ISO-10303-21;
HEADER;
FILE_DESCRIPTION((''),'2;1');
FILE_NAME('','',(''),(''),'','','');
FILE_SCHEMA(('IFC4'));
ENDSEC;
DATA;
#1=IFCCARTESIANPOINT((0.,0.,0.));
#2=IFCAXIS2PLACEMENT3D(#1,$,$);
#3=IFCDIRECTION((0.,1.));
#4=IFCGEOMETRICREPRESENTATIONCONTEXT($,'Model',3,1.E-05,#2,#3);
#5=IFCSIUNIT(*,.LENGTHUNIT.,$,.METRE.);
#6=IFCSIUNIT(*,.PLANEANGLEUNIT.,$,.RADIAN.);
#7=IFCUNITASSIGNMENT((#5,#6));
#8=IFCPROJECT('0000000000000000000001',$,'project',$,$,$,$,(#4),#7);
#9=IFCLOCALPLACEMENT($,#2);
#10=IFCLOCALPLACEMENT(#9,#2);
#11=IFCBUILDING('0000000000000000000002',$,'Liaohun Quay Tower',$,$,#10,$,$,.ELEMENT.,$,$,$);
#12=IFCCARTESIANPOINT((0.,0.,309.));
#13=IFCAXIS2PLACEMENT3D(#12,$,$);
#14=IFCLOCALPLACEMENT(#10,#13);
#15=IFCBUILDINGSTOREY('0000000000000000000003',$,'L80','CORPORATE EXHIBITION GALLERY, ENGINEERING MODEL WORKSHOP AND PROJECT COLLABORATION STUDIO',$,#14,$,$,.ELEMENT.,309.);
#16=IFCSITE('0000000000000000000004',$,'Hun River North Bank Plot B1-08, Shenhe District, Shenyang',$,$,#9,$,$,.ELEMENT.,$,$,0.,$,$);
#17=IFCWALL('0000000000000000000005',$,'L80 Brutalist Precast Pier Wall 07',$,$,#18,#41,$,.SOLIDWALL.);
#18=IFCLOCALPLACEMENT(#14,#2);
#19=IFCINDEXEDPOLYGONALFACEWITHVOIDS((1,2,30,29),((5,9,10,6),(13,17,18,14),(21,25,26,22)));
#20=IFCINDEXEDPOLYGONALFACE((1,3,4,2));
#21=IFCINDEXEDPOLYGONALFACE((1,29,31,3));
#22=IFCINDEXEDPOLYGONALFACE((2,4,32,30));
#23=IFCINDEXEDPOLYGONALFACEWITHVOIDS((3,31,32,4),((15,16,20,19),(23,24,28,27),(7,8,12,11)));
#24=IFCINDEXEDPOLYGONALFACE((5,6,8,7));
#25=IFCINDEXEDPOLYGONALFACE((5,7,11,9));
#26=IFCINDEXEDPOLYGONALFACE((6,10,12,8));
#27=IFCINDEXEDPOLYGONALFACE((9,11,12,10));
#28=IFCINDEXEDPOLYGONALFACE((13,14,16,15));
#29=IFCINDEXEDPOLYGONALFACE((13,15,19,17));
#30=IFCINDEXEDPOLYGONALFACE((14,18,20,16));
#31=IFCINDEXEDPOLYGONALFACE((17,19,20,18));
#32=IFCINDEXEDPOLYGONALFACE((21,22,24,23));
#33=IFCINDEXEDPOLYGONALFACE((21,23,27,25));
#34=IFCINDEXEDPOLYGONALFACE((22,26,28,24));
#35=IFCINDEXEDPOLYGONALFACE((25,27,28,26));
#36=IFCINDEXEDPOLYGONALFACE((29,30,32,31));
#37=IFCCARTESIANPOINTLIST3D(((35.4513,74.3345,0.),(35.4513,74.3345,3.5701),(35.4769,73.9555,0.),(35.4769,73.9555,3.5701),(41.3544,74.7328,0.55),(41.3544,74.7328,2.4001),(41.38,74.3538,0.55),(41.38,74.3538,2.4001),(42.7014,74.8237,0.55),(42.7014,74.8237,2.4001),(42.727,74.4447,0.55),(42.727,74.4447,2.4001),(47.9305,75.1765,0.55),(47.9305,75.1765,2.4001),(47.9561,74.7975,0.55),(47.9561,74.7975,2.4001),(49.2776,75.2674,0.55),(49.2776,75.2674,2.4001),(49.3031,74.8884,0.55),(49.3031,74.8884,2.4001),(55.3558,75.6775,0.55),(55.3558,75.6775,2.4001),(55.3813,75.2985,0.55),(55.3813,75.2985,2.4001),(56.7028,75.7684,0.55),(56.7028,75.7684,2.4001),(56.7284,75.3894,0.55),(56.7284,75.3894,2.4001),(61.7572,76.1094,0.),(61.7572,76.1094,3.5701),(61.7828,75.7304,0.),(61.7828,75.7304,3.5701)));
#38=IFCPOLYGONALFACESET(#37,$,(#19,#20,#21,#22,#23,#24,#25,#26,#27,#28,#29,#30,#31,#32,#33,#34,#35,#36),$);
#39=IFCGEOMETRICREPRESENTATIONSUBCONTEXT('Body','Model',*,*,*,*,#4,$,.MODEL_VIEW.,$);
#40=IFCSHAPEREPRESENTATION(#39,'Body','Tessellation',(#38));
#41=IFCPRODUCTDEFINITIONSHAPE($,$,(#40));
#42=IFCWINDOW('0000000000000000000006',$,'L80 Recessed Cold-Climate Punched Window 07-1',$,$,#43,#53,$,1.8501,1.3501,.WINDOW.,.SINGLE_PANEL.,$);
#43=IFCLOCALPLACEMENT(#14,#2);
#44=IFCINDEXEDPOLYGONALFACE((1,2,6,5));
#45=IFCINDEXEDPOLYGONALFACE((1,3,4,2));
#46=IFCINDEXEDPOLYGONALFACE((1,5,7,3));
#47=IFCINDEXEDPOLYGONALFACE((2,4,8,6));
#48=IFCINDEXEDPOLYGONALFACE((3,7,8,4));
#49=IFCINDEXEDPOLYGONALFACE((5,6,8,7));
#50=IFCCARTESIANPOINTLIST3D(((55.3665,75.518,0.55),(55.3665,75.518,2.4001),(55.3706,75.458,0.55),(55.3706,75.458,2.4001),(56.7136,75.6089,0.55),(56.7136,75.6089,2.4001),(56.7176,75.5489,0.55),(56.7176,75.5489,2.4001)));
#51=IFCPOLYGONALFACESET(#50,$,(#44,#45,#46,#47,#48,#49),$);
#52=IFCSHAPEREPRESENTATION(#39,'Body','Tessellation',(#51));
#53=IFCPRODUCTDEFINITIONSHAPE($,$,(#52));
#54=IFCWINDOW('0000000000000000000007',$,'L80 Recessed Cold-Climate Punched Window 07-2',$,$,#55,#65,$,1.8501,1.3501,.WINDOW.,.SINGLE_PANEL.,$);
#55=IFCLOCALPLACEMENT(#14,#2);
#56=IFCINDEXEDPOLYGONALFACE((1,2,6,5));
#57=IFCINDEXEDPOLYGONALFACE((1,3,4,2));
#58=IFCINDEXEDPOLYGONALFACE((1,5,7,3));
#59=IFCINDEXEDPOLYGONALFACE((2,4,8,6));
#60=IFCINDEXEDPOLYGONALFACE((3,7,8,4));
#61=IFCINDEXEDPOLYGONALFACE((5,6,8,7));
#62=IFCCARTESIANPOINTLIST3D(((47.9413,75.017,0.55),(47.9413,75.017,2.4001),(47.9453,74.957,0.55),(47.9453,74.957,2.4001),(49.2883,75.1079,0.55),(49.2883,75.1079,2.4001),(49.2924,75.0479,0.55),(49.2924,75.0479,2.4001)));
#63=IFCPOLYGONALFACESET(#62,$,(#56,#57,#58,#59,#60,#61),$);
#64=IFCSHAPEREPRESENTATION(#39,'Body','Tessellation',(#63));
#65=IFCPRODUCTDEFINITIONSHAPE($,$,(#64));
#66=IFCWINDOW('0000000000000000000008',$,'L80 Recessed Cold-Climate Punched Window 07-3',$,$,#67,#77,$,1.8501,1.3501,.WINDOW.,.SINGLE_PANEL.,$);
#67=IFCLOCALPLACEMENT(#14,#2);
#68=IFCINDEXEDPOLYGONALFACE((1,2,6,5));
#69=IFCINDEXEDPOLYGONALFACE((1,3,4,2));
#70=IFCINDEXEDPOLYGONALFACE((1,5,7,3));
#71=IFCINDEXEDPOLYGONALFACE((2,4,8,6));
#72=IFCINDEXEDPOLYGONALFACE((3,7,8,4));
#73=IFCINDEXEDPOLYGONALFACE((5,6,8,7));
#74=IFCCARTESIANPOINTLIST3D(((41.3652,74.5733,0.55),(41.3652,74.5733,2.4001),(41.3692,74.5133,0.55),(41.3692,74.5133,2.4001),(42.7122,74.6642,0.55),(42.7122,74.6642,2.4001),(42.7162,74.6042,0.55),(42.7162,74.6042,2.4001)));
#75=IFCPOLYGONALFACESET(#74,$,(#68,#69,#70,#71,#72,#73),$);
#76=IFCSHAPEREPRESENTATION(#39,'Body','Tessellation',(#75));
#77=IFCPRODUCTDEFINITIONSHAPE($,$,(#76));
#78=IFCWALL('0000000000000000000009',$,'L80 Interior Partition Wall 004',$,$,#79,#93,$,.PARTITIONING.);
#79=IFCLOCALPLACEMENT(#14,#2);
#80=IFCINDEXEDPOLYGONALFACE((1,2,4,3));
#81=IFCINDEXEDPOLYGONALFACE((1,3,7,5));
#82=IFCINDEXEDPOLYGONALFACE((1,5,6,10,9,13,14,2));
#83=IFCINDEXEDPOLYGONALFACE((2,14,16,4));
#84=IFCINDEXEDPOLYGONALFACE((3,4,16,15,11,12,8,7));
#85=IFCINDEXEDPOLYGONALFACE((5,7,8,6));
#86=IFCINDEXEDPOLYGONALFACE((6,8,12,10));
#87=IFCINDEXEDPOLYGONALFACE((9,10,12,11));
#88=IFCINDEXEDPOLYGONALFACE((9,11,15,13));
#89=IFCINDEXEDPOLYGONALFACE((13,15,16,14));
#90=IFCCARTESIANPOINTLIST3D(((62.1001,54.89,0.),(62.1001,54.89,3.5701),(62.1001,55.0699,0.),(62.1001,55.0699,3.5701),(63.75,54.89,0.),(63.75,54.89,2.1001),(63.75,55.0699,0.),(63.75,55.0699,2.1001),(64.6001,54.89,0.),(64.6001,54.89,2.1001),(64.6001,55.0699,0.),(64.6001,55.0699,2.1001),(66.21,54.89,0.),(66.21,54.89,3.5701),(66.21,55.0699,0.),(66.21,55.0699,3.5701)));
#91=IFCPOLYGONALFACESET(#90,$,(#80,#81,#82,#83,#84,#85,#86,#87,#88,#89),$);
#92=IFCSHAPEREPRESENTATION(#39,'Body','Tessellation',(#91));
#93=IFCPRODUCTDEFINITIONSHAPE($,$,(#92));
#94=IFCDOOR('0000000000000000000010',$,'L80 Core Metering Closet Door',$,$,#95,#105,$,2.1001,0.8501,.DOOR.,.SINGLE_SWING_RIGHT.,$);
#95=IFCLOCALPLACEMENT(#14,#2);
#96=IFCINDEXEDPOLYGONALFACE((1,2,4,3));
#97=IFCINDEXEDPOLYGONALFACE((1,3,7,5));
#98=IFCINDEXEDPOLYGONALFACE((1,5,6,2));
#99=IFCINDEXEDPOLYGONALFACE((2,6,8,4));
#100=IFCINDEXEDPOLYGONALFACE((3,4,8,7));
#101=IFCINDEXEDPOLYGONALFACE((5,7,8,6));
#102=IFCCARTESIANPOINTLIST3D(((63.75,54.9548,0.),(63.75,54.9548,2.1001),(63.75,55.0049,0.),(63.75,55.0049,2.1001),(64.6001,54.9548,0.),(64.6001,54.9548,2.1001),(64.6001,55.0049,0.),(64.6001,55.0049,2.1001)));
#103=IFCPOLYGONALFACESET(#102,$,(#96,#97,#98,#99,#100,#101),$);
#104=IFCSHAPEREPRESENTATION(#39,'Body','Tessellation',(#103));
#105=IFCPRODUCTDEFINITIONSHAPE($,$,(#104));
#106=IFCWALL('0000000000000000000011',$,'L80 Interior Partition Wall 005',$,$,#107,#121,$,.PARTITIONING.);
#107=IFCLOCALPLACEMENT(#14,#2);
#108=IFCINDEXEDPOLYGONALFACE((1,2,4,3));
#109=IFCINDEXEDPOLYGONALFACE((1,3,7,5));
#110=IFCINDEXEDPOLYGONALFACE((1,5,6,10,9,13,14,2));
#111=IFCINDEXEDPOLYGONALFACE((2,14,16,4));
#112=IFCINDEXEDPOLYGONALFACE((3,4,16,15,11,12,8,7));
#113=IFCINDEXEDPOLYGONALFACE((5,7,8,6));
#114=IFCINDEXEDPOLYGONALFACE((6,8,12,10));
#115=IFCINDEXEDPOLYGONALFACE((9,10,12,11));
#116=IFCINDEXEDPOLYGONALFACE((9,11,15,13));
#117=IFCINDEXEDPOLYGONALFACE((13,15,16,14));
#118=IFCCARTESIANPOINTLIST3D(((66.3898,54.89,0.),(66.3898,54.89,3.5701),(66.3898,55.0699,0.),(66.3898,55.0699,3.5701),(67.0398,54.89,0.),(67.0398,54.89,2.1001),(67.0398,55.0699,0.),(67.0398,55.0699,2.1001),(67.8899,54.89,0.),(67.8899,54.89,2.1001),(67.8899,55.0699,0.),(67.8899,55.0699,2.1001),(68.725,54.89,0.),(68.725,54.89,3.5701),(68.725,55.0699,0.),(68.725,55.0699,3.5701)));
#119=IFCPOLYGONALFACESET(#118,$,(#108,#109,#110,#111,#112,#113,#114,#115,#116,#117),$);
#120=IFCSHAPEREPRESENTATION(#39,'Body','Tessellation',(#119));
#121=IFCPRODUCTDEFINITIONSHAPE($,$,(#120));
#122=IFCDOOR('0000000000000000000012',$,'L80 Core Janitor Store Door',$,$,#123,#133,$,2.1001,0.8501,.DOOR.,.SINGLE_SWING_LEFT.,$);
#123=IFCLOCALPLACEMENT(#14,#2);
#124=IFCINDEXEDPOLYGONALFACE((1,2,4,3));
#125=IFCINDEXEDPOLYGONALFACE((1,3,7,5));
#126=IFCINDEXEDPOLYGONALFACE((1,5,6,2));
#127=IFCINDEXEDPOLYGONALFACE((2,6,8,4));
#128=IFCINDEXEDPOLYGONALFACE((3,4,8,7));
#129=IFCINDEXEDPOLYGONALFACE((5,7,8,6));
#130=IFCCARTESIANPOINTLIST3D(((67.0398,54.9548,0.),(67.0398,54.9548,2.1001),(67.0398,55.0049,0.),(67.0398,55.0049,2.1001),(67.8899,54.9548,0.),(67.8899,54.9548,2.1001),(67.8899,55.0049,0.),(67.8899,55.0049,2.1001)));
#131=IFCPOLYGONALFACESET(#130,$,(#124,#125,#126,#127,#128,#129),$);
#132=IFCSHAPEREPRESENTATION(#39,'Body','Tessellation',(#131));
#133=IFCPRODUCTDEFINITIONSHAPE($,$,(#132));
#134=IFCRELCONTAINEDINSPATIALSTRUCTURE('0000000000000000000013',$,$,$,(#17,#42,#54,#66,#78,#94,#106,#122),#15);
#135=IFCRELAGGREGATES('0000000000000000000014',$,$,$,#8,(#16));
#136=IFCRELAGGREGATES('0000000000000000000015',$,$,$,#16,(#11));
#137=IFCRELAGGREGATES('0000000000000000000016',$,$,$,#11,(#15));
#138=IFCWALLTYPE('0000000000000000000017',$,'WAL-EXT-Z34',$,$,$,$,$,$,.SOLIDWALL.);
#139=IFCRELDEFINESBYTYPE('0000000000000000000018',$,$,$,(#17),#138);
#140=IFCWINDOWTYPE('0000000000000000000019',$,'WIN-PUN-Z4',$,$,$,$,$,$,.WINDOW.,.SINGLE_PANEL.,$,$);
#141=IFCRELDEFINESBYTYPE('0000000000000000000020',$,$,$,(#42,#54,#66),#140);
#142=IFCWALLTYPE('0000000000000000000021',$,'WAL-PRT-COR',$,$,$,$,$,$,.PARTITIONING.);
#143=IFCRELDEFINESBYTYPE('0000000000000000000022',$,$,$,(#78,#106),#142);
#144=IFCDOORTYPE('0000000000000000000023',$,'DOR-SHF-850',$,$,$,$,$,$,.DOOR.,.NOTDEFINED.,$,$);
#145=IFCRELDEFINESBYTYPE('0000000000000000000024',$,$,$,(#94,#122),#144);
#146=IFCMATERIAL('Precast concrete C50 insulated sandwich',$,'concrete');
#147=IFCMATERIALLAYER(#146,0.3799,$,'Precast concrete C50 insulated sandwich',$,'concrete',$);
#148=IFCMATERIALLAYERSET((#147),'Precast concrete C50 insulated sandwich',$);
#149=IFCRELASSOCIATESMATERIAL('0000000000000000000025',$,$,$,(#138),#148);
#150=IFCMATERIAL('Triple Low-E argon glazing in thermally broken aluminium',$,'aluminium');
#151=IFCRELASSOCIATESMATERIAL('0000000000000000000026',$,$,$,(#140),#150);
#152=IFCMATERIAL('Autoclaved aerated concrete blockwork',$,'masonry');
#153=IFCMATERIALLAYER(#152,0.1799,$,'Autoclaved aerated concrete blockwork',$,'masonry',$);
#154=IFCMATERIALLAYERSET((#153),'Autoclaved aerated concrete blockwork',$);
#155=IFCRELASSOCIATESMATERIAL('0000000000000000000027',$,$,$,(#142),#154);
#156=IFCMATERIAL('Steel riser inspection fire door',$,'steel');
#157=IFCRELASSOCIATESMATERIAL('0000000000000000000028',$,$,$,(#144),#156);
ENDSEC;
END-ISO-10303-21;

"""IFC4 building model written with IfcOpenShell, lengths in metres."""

from ifc_helpers import new_model, si_unit, direction, frame, frame_2d, origin, place, context, subcontext, project, spatial, rectangle, extrude, source, transform, mapped, material, layer, layer_set, type_object, element, fill, save


model = new_model("IFC4")

# Units and contexts
model_context = context("Model", 3, precision=1e-05, world=origin(), true_north=direction((0.0, 1.0)))
body_context = subcontext(model_context, "Body", "Model", "MODEL_VIEW")
ifc_project = project(units=[si_unit("LENGTHUNIT", "METRE"), si_unit("PLANEANGLEUNIT", "RADIAN")], contexts=[model_context])

# Site, building, storey
site_placement = place(None, origin())
site = spatial("IfcSite", under=ifc_project, at=site_placement, Name="Hun River North Bank Plot B1-08, Shenhe District, Shenyang", CompositionType="ELEMENT", RefElevation=0.0)
building_placement = place(site_placement, origin())
building = spatial("IfcBuilding", under=site, at=building_placement, Name="Liaohun Quay Tower", CompositionType="ELEMENT")
storey_placement = place(building_placement, frame((0.0, 0.0, 309.0)))
storey = spatial("IfcBuildingStorey", under=building, at=storey_placement, Name="L80", Description="CORPORATE EXHIBITION GALLERY, ENGINEERING MODEL WORKSHOP AND PROJECT COLLABORATION STUDIO", CompositionType="ELEMENT", Elevation=309.0)

# Wall, openings, windows
ifc_material_1 = material(Name="Precast concrete C50 insulated sandwich", Category="concrete")
ifc_layer_1 = layer(ifc_material_1, 0.3799, Name="Precast concrete C50 insulated sandwich", Category="concrete")
ifc_layer_set_1 = layer_set([ifc_layer_1], Name="Precast concrete C50 insulated sandwich")
wall_type_1 = type_object("IfcWallType", Name="WAL-EXT-Z34", PredefinedType="SOLIDWALL", material=ifc_layer_set_1)
wall_1_placement = place(storey_placement, frame((61.77, 75.9199, 0.0), z_axis=(0.0, 0.0, 1.0), x_axis=(-0.997732, -0.067319, 0.0)))
wall_1 = element("IfcWall", 1, at=wall_1_placement, inside=storey, type_object=wall_type_1, Name="L80 Brutalist Precast Pier Wall 07", PredefinedType="SOLIDWALL", context=body_context, shape_type="SweptSolid", body=[
    extrude(rectangle(XDim=26.3657, YDim=0.3799, at=frame_2d((13.1829, 0.0))), origin(), (0.0, 0.0, 1.0), 3.5701),
])
shared_shape_1 = source(origin(), body_context, "Body", "SweptSolid", [
    extrude(rectangle(XDim=1.3501, YDim=1.8501, at=frame_2d((0.675, 0.925))), frame((0.0, 0.2, 0.0), z_axis=(0.0, -1.0, 0.0), x_axis=(1.0, 0.0, 0.0)), (0.0, 0.0, 1.0), 0.3999),
])
opening_1_placement = place(wall_1_placement, frame((5.0659, 0.0, 0.55)))
opening_1 = element("IfcOpeningElement", 2, at=opening_1_placement, cuts=wall_1, PredefinedType="OPENING", context=body_context, shape_type="MappedRepresentation", body=[
    mapped(shared_shape_1, transform((0.0, 0.0, 0.0), x_axis=(1.0, 0.0, 0.0), y_axis=(0.0, 1.0, 0.0), z_axis=(0.0, 0.0, 1.0), scale=1.0)),
])
opening_2_placement = place(wall_1_placement, frame((12.5081, 0.0, 0.55)))
opening_2 = element("IfcOpeningElement", 3, at=opening_2_placement, cuts=wall_1, PredefinedType="OPENING", context=body_context, shape_type="MappedRepresentation", body=[
    mapped(shared_shape_1, transform((0.0, 0.0, 0.0), x_axis=(1.0, 0.0, 0.0), y_axis=(0.0, 1.0, 0.0), z_axis=(0.0, 0.0, 1.0), scale=1.0)),
])
opening_3_placement = place(wall_1_placement, frame((19.0991, 0.0, 0.55)))
opening_3 = element("IfcOpeningElement", 4, at=opening_3_placement, cuts=wall_1, PredefinedType="OPENING", context=body_context, shape_type="MappedRepresentation", body=[
    mapped(shared_shape_1, transform((0.0, 0.0, 0.0), x_axis=(1.0, 0.0, 0.0), y_axis=(0.0, 1.0, 0.0), z_axis=(0.0, 0.0, 1.0), scale=1.0)),
])
ifc_material_2 = material(Name="Triple Low-E argon glazing in thermally broken aluminium", Category="aluminium")
window_type = type_object("IfcWindowType", Name="WIN-PUN-Z4", PartitioningType="SINGLE_PANEL", PredefinedType="WINDOW", material=ifc_material_2)
shared_shape_2 = source(origin(), body_context, "Body", "SweptSolid", [
    extrude(rectangle(XDim=1.3501, YDim=1.8501, at=frame_2d((0.675, 0.925))), frame((0.0, 0.03, 0.0), z_axis=(0.0, -1.0, 0.0), x_axis=(1.0, 0.0, 0.0)), (0.0, 0.0, 1.0), 0.0601),
])
window_1_placement = place(opening_1_placement, origin())
window_1 = element("IfcWindow", 5, at=window_1_placement, inside=storey, type_object=window_type, Name="L80 Recessed Cold-Climate Punched Window 07-1", OverallHeight=1.8501, OverallWidth=1.3501, PartitioningType="SINGLE_PANEL", PredefinedType="WINDOW", context=body_context, shape_type="MappedRepresentation", body=[
    mapped(shared_shape_2, transform((0.0, 0.0, 0.0), x_axis=(1.0, 0.0, 0.0), y_axis=(0.0, 1.0, 0.0), z_axis=(0.0, 0.0, 1.0), scale=1.0)),
])
fill(opening_1, window_1)
window_2_placement = place(opening_2_placement, origin())
window_2 = element("IfcWindow", 6, at=window_2_placement, inside=storey, type_object=window_type, Name="L80 Recessed Cold-Climate Punched Window 07-2", OverallHeight=1.8501, OverallWidth=1.3501, PartitioningType="SINGLE_PANEL", PredefinedType="WINDOW", context=body_context, shape_type="MappedRepresentation", body=[
    mapped(shared_shape_2, transform((0.0, 0.0, 0.0), x_axis=(1.0, 0.0, 0.0), y_axis=(0.0, 1.0, 0.0), z_axis=(0.0, 0.0, 1.0), scale=1.0)),
])
fill(opening_2, window_2)
window_3_placement = place(opening_3_placement, origin())
window_3 = element("IfcWindow", 7, at=window_3_placement, inside=storey, type_object=window_type, Name="L80 Recessed Cold-Climate Punched Window 07-3", OverallHeight=1.8501, OverallWidth=1.3501, PartitioningType="SINGLE_PANEL", PredefinedType="WINDOW", context=body_context, shape_type="MappedRepresentation", body=[
    mapped(shared_shape_2, transform((0.0, 0.0, 0.0), x_axis=(1.0, 0.0, 0.0), y_axis=(0.0, 1.0, 0.0), z_axis=(0.0, 0.0, 1.0), scale=1.0)),
])
fill(opening_3, window_3)

# Walls, openings, doors
ifc_material_3 = material(Name="Autoclaved aerated concrete blockwork", Category="masonry")
ifc_layer_2 = layer(ifc_material_3, 0.1799, Name="Autoclaved aerated concrete blockwork", Category="masonry")
ifc_layer_set_2 = layer_set([ifc_layer_2], Name="Autoclaved aerated concrete blockwork")
wall_type_2 = type_object("IfcWallType", Name="WAL-PRT-COR", PredefinedType="PARTITIONING", material=ifc_layer_set_2)
wall_2_placement = place(storey_placement, frame((62.1001, 54.98, 0.0), z_axis=(0.0, 0.0, 1.0), x_axis=(1.0, 0.0, 0.0)))
wall_2 = element("IfcWall", 8, at=wall_2_placement, inside=storey, type_object=wall_type_2, Name="L80 Interior Partition Wall 004", PredefinedType="PARTITIONING", context=body_context, shape_type="SweptSolid", body=[
    extrude(rectangle(XDim=4.1099, YDim=0.1799, at=frame_2d((2.0549, 0.0))), origin(), (0.0, 0.0, 1.0), 3.5701),
])
shared_shape_3 = source(origin(), body_context, "Body", "SweptSolid", [
    extrude(rectangle(XDim=0.8501, YDim=2.1001, at=frame_2d((0.425, 1.05))), frame((0.0, 0.0999, 0.0), z_axis=(0.0, -1.0, 0.0), x_axis=(1.0, 0.0, 0.0)), (0.0, 0.0, 1.0), 0.2),
])
opening_4_placement = place(wall_2_placement, frame((1.6499, 0.0, 0.0)))
opening_4 = element("IfcOpeningElement", 9, at=opening_4_placement, cuts=wall_2, PredefinedType="OPENING", context=body_context, shape_type="MappedRepresentation", body=[
    mapped(shared_shape_3, transform((0.0, 0.0, 0.0), x_axis=(1.0, 0.0, 0.0), y_axis=(0.0, 1.0, 0.0), z_axis=(0.0, 0.0, 1.0), scale=1.0)),
])
ifc_material_4 = material(Name="Steel riser inspection fire door", Category="steel")
door_type_1 = type_object("IfcDoorType", Name="DOR-SHF-850", OperationType="NOTDEFINED", PredefinedType="DOOR", material=ifc_material_4)
shared_shape_4 = source(origin(), body_context, "Body", "SweptSolid", [
    extrude(rectangle(XDim=0.8501, YDim=2.1001, at=frame_2d((0.425, 1.05))), frame((0.0, 0.0249, 0.0), z_axis=(0.0, -1.0, 0.0), x_axis=(1.0, 0.0, 0.0)), (0.0, 0.0, 1.0), 0.05),
])
door_1_placement = place(opening_4_placement, origin())
door_1 = element("IfcDoor", 10, at=door_1_placement, inside=storey, type_object=door_type_1, Name="L80 Core Metering Closet Door", OperationType="SINGLE_SWING_RIGHT", OverallHeight=2.1001, OverallWidth=0.8501, PredefinedType="DOOR", context=body_context, shape_type="MappedRepresentation", body=[
    mapped(shared_shape_4, transform((0.0, 0.0, 0.0), x_axis=(1.0, 0.0, 0.0), y_axis=(0.0, 1.0, 0.0), z_axis=(0.0, 0.0, 1.0), scale=1.0)),
])
fill(opening_4, door_1)
wall_3_placement = place(storey_placement, frame((66.3899, 54.98, 0.0), z_axis=(0.0, 0.0, 1.0), x_axis=(1.0, 0.0, 0.0)))
wall_3 = element("IfcWall", 11, at=wall_3_placement, inside=storey, type_object=wall_type_2, Name="L80 Interior Partition Wall 005", PredefinedType="PARTITIONING", context=body_context, shape_type="SweptSolid", body=[
    extrude(rectangle(XDim=2.3352, YDim=0.1799, at=frame_2d((1.1675, 0.0))), origin(), (0.0, 0.0, 1.0), 3.5701),
])
opening_5_placement = place(wall_3_placement, frame((0.6499, 0.0, 0.0)))
opening_5 = element("IfcOpeningElement", 12, at=opening_5_placement, cuts=wall_3, PredefinedType="OPENING", context=body_context, shape_type="MappedRepresentation", body=[
    mapped(shared_shape_3, transform((0.0, 0.0, 0.0), x_axis=(1.0, 0.0, 0.0), y_axis=(0.0, 1.0, 0.0), z_axis=(0.0, 0.0, 1.0), scale=1.0)),
])
door_2_placement = place(opening_5_placement, origin())
door_2 = element("IfcDoor", 13, at=door_2_placement, inside=storey, type_object=door_type_1, Name="L80 Core Janitor Store Door", OperationType="SINGLE_SWING_LEFT", OverallHeight=2.1001, OverallWidth=0.8501, PredefinedType="DOOR", context=body_context, shape_type="MappedRepresentation", body=[
    mapped(shared_shape_4, transform((0.0, 0.0, 0.0), x_axis=(1.0, 0.0, 0.0), y_axis=(0.0, 1.0, 0.0), z_axis=(0.0, 0.0, 1.0), scale=1.0)),
])
fill(opening_5, door_2)

save(model, "model.ifc")
